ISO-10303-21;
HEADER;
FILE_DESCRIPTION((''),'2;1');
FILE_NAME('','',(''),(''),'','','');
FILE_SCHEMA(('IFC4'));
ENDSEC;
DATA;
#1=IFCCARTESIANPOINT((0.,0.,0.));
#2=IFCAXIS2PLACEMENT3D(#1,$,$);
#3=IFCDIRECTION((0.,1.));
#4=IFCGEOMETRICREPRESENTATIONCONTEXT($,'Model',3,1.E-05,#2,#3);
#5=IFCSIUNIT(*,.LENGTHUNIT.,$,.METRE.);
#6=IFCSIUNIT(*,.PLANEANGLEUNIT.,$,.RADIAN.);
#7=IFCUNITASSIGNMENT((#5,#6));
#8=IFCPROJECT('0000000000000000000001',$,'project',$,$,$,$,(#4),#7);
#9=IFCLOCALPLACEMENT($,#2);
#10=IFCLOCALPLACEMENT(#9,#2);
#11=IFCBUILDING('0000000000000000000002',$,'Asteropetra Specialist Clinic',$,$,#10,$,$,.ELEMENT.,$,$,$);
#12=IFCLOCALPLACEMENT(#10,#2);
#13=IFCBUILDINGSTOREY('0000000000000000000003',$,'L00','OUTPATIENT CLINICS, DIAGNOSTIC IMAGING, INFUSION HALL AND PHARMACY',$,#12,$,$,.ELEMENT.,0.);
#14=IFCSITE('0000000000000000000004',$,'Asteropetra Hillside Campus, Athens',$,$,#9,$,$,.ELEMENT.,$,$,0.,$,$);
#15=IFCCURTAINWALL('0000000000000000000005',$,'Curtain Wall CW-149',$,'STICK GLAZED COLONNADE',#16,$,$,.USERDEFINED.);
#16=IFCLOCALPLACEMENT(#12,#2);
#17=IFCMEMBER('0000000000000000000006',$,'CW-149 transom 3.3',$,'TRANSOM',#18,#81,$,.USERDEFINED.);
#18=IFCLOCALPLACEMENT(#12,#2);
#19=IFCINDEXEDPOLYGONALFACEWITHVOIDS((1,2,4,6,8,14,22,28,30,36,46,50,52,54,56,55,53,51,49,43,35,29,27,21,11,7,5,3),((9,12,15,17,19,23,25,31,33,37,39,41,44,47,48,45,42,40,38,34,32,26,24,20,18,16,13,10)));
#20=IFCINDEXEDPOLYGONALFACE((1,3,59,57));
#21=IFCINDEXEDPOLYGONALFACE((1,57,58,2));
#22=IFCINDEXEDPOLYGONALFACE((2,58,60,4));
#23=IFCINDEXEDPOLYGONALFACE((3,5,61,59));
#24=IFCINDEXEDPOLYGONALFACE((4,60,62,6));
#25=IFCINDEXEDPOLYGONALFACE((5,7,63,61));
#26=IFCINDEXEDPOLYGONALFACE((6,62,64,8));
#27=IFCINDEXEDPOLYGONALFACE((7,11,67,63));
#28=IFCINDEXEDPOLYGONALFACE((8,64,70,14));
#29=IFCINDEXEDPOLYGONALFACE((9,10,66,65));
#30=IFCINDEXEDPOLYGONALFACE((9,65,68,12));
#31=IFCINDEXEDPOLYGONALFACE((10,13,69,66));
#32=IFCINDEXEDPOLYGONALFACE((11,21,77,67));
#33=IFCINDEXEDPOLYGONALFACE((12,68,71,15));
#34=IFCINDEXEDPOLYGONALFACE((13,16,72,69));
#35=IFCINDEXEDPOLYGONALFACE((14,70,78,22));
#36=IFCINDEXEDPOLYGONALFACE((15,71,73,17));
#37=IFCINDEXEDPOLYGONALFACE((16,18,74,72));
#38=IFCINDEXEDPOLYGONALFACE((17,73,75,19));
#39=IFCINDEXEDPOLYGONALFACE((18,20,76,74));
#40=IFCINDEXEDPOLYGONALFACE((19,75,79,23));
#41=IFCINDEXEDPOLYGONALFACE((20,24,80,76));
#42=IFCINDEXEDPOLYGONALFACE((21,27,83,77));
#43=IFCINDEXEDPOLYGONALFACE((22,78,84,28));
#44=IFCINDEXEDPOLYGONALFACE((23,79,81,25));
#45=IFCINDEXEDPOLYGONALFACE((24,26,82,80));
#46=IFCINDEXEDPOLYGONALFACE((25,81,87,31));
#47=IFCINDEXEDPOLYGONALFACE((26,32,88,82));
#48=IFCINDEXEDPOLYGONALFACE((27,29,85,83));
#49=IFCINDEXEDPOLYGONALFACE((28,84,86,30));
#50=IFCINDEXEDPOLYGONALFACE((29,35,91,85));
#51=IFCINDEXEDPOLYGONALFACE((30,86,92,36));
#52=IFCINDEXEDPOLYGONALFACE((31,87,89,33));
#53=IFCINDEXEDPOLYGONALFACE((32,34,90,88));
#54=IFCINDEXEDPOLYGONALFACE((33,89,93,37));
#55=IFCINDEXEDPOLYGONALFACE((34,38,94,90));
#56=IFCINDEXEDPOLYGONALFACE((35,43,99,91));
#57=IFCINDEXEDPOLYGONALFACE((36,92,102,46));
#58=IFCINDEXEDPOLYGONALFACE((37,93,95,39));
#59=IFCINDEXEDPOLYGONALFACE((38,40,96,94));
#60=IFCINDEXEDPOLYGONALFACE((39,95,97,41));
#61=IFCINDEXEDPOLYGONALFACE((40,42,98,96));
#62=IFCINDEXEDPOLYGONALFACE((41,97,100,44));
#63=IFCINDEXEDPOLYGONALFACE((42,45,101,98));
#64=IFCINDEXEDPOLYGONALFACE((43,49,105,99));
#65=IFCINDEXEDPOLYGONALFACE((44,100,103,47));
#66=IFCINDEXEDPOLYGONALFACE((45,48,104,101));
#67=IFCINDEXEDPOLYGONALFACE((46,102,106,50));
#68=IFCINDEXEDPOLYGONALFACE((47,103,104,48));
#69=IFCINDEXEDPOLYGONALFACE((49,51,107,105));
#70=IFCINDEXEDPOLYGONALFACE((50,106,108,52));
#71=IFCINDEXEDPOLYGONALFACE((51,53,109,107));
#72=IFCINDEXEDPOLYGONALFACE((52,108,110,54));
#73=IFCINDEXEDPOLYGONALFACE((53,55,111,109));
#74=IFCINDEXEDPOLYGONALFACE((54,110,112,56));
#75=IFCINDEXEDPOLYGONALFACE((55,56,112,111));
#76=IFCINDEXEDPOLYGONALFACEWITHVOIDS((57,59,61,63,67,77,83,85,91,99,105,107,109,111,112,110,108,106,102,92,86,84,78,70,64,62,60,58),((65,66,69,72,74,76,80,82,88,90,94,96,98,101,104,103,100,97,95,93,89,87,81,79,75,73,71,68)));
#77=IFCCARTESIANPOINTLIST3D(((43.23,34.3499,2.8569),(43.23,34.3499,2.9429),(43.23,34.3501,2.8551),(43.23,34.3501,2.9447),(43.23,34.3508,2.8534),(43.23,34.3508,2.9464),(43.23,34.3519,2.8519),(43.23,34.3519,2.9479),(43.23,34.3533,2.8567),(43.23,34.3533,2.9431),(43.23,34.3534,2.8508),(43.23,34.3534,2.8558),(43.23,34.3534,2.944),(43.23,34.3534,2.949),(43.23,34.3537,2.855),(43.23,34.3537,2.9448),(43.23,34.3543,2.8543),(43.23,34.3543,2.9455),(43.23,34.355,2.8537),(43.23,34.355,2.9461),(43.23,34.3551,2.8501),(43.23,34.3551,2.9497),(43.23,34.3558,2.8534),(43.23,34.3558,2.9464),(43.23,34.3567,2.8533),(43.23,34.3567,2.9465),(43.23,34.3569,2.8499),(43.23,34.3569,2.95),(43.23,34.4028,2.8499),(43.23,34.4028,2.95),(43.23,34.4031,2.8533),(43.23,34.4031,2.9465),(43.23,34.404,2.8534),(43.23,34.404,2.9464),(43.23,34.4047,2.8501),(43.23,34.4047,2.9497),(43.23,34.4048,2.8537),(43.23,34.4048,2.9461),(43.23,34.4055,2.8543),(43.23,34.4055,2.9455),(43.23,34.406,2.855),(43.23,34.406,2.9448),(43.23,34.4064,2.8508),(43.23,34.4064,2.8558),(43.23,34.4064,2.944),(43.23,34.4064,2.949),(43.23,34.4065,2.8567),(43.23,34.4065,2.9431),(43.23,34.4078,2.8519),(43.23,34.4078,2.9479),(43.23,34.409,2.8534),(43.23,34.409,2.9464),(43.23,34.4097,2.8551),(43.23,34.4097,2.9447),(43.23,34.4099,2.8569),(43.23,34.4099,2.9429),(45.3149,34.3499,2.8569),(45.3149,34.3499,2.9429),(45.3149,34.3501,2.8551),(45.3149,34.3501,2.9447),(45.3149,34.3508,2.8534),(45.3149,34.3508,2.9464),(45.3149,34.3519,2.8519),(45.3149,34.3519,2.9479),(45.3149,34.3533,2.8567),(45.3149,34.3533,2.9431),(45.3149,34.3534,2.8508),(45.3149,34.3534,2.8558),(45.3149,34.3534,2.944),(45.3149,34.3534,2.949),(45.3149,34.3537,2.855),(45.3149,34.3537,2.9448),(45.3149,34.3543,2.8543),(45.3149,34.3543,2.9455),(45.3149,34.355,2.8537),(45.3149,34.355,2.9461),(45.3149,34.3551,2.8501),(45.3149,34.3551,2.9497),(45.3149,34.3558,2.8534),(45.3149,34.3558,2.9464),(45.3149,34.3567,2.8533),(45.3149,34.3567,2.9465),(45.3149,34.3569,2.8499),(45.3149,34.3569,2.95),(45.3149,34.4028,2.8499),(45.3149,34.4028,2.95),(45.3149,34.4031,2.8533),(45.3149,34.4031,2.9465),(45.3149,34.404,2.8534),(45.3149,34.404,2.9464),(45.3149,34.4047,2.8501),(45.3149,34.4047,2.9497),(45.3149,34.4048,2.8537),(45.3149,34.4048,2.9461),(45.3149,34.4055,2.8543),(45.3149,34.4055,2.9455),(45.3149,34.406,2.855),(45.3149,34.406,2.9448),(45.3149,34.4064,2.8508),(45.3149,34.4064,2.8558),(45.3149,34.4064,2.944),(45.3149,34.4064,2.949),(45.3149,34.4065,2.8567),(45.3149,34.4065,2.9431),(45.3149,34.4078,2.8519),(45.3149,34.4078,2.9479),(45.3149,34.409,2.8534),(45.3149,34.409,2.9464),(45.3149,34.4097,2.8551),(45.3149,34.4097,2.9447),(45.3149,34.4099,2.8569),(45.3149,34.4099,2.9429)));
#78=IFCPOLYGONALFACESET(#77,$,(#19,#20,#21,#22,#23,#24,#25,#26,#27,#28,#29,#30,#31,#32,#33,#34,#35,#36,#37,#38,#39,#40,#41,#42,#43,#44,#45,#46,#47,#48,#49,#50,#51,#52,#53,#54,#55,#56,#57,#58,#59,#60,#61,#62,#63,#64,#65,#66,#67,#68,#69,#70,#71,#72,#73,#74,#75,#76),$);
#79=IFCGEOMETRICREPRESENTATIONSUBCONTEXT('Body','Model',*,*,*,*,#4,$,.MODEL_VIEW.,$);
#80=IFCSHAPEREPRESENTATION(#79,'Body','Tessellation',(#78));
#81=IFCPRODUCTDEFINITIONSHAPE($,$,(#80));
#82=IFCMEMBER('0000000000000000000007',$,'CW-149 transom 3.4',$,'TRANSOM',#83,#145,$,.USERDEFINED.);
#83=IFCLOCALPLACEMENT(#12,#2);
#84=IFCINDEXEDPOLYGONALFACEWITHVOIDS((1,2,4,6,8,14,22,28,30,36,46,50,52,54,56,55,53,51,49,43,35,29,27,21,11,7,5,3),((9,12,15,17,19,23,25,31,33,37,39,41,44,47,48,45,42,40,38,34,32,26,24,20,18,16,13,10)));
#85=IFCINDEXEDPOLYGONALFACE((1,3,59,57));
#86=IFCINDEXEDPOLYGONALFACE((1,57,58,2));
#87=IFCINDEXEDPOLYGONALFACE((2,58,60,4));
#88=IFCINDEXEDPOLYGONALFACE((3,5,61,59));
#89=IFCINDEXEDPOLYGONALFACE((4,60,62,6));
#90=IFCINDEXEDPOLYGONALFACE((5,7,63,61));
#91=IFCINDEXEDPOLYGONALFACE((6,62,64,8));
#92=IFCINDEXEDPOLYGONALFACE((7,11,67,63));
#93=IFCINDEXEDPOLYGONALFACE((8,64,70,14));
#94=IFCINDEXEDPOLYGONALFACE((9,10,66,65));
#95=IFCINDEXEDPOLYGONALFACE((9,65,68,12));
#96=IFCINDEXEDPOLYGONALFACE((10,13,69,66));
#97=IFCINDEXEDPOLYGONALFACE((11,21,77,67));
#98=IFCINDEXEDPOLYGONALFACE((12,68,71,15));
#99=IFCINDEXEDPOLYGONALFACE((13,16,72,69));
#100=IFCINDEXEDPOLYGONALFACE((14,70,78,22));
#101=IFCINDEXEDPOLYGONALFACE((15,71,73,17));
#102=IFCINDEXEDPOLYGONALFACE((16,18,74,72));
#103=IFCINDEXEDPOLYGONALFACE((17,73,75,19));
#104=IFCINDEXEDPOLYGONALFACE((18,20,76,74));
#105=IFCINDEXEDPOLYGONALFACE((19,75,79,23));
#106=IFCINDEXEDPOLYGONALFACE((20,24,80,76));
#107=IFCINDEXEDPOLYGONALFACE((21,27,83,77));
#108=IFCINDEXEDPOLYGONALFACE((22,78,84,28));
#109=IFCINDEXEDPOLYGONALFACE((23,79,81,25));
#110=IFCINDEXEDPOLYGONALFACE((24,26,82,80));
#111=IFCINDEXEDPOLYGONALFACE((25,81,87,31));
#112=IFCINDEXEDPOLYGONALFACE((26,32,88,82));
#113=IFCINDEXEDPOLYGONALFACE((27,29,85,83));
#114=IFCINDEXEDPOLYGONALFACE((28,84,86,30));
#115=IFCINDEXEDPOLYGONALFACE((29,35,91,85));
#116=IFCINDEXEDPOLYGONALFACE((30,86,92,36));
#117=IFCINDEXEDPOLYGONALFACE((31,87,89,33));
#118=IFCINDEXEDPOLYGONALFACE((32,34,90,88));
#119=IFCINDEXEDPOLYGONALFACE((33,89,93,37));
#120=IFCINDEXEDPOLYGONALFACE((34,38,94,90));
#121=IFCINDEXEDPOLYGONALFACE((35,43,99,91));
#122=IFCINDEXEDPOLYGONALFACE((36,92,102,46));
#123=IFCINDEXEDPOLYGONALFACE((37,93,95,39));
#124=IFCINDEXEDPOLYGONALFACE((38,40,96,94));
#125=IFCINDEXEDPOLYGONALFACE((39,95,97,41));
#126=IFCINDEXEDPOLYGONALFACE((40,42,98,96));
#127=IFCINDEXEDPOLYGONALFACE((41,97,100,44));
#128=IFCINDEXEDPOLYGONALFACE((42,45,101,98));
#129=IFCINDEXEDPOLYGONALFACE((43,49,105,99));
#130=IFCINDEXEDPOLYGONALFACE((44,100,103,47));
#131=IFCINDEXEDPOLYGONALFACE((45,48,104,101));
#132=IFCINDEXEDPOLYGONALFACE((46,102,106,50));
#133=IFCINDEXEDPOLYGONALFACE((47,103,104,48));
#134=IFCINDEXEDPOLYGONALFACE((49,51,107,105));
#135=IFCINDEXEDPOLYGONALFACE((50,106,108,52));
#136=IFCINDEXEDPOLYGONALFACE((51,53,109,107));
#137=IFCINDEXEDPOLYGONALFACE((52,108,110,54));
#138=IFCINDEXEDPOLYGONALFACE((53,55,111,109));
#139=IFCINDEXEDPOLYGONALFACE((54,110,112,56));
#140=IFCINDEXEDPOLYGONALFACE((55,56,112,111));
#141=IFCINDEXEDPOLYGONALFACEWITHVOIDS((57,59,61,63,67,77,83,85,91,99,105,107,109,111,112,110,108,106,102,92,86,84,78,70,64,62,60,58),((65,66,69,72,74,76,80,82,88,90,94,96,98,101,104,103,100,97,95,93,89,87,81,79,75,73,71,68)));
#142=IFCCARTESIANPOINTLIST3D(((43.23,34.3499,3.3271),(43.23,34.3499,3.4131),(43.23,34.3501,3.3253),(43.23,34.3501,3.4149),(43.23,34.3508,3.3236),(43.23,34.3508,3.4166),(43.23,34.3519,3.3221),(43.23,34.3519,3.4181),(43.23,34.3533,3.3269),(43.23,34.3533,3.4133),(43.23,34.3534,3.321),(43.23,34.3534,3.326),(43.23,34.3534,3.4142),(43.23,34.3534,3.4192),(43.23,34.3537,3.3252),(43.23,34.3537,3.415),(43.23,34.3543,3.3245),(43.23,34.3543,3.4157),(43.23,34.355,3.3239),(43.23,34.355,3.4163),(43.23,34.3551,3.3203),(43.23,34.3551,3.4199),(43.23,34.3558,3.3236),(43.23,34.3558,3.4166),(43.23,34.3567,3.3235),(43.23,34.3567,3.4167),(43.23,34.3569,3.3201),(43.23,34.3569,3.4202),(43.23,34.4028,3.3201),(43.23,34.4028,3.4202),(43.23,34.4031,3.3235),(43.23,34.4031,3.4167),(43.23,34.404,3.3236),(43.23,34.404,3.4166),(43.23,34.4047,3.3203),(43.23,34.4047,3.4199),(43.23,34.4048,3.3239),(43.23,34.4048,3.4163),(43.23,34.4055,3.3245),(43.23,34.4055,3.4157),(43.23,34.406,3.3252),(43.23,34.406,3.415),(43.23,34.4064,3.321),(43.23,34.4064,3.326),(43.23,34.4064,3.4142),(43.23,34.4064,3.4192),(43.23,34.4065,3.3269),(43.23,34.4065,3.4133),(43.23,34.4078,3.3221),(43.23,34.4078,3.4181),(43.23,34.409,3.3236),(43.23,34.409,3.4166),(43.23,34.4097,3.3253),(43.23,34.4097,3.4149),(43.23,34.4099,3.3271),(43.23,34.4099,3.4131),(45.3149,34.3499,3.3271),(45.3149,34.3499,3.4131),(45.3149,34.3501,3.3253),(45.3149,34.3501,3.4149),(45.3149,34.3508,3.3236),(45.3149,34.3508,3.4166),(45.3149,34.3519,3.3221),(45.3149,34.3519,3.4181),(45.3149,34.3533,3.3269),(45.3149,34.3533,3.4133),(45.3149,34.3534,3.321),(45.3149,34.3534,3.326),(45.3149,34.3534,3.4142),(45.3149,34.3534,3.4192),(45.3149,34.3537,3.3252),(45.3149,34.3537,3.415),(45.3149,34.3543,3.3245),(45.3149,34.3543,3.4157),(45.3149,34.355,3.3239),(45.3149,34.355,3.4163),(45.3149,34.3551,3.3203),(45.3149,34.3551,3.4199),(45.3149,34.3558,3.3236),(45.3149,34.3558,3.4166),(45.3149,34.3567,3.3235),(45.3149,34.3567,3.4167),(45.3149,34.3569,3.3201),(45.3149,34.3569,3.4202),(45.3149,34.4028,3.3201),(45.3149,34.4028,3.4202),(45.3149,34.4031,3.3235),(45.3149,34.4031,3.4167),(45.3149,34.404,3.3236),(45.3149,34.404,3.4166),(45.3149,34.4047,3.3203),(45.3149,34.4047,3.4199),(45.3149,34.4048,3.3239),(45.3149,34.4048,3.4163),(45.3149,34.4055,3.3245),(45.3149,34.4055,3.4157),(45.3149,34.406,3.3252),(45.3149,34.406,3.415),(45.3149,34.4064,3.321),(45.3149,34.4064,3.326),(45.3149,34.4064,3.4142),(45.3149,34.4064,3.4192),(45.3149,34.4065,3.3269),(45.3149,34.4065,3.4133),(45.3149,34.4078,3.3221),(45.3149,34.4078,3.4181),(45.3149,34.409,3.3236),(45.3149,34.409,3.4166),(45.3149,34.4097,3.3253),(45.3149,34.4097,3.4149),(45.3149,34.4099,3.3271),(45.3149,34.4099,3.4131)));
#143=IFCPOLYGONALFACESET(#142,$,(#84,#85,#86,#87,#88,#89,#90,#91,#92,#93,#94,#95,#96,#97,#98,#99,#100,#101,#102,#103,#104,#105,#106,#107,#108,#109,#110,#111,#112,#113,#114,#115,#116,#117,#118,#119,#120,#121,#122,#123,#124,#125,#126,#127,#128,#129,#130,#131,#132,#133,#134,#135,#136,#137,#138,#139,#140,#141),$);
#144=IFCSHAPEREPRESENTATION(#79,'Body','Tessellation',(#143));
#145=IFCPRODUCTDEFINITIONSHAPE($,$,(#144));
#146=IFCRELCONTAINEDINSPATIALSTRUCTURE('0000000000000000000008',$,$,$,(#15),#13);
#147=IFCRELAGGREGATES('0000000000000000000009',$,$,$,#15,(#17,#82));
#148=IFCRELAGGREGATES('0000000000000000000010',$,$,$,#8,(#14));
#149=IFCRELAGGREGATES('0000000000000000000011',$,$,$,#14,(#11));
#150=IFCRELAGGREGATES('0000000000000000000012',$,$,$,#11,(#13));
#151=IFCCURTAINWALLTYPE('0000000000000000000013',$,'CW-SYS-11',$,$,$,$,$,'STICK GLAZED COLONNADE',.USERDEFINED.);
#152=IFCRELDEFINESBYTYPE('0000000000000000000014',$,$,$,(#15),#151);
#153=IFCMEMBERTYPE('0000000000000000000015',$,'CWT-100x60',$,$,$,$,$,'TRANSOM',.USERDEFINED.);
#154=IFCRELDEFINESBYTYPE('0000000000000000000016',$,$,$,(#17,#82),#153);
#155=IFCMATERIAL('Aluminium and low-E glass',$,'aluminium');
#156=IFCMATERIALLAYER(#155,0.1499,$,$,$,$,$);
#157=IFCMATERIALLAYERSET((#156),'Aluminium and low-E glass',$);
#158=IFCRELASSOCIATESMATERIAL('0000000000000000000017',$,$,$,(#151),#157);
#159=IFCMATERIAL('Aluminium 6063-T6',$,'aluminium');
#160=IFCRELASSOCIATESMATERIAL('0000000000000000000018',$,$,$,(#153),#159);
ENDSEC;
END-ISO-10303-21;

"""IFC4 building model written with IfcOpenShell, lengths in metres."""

from ifc_helpers import new_model, si_unit, direction, frame, origin, origin_2d, place, context, subcontext, project, spatial, hollow_rectangle, extrude, material, layer, layer_set, material_profile, profile_set, type_object, element, aggregate, save


model = new_model("IFC4")

# Units and contexts
model_context = context("Model", 3, precision=1e-05, world=origin(), true_north=direction((0.0, 1.0)))
body_context = subcontext(model_context, "Body", "Model", "MODEL_VIEW")
ifc_project = project(units=[si_unit("LENGTHUNIT", "METRE"), si_unit("PLANEANGLEUNIT", "RADIAN")], contexts=[model_context])

# Site, building, storey
site_placement = place(None, origin())
site = spatial("IfcSite", under=ifc_project, at=site_placement, Name="Asteropetra Hillside Campus, Athens", CompositionType="ELEMENT", RefElevation=0.0)
building_placement = place(site_placement, origin())
building = spatial("IfcBuilding", under=site, at=building_placement, Name="Asteropetra Specialist Clinic", CompositionType="ELEMENT")
storey_placement = place(building_placement, origin())
storey = spatial("IfcBuildingStorey", under=building, at=storey_placement, Name="L00", Description="OUTPATIENT CLINICS, DIAGNOSTIC IMAGING, INFUSION HALL AND PHARMACY", CompositionType="ELEMENT", Elevation=0.0)

# Curtain wall, members
ifc_material_1 = material(Name="Aluminium and low-E glass", Category="aluminium")
ifc_layer_1 = layer(ifc_material_1, 0.1499)
ifc_layer_set_1 = layer_set([ifc_layer_1], Name="Aluminium and low-E glass")
curtain_wall_type = type_object("IfcCurtainWallType", Name="CW-SYS-11", ElementType="STICK GLAZED COLONNADE", PredefinedType="USERDEFINED", material=ifc_layer_set_1)
curtain_wall_placement = place(storey_placement, origin())
curtain_wall = element("IfcCurtainWall", 1, at=curtain_wall_placement, inside=storey, type_object=curtain_wall_type, Name="Curtain Wall CW-149", ObjectType="STICK GLAZED COLONNADE", PredefinedType="USERDEFINED")
ifc_material_2 = material(Name="Aluminium 6063-T6", Category="aluminium")
ifc_material_profile_1 = material_profile(ifc_material_2, hollow_rectangle(XDim=0.0601, YDim=0.1001, WallThickness=0.0034, InnerFilletRadius=0.0034, OuterFilletRadius=0.0071, at=origin_2d()), Name="TRN 100x60x3.5")
ifc_profile_set_1 = profile_set([ifc_material_profile_1], Name="Aluminium 6063-T6")
member_type_1 = type_object("IfcMemberType", Name="CWT-100x60", ElementType="TRANSOM", PredefinedType="USERDEFINED", material=ifc_profile_set_1)
member_1_placement = place(storey_placement, frame((43.23, 34.3799, 2.8999), z_axis=(1.0, 0.0, 0.0), x_axis=(0.0, 1.0, 0.0)))
member_1 = element("IfcMember", 2, at=member_1_placement, type_object=member_type_1, Name="CW-149 transom 3.3", ObjectType="TRANSOM", PredefinedType="USERDEFINED", context=body_context, shape_type="SweptSolid", body=[
    extrude(hollow_rectangle(XDim=0.0601, YDim=0.1001, WallThickness=0.0034, InnerFilletRadius=0.0034, OuterFilletRadius=0.0071, at=origin_2d()), origin(), (0.0, 0.0, 1.0), 2.085),
])
member_2_placement = place(storey_placement, frame((43.23, 34.3799, 3.3701), z_axis=(1.0, 0.0, 0.0), x_axis=(0.0, 1.0, 0.0)))
member_2 = element("IfcMember", 3, at=member_2_placement, type_object=member_type_1, Name="CW-149 transom 3.4", ObjectType="TRANSOM", PredefinedType="USERDEFINED", context=body_context, shape_type="SweptSolid", body=[
    extrude(hollow_rectangle(XDim=0.0601, YDim=0.1001, WallThickness=0.0034, InnerFilletRadius=0.0034, OuterFilletRadius=0.0071, at=origin_2d()), origin(), (0.0, 0.0, 1.0), 2.085),
])

aggregate(curtain_wall, [member_1, member_2])

save(model, "model.ifc")
